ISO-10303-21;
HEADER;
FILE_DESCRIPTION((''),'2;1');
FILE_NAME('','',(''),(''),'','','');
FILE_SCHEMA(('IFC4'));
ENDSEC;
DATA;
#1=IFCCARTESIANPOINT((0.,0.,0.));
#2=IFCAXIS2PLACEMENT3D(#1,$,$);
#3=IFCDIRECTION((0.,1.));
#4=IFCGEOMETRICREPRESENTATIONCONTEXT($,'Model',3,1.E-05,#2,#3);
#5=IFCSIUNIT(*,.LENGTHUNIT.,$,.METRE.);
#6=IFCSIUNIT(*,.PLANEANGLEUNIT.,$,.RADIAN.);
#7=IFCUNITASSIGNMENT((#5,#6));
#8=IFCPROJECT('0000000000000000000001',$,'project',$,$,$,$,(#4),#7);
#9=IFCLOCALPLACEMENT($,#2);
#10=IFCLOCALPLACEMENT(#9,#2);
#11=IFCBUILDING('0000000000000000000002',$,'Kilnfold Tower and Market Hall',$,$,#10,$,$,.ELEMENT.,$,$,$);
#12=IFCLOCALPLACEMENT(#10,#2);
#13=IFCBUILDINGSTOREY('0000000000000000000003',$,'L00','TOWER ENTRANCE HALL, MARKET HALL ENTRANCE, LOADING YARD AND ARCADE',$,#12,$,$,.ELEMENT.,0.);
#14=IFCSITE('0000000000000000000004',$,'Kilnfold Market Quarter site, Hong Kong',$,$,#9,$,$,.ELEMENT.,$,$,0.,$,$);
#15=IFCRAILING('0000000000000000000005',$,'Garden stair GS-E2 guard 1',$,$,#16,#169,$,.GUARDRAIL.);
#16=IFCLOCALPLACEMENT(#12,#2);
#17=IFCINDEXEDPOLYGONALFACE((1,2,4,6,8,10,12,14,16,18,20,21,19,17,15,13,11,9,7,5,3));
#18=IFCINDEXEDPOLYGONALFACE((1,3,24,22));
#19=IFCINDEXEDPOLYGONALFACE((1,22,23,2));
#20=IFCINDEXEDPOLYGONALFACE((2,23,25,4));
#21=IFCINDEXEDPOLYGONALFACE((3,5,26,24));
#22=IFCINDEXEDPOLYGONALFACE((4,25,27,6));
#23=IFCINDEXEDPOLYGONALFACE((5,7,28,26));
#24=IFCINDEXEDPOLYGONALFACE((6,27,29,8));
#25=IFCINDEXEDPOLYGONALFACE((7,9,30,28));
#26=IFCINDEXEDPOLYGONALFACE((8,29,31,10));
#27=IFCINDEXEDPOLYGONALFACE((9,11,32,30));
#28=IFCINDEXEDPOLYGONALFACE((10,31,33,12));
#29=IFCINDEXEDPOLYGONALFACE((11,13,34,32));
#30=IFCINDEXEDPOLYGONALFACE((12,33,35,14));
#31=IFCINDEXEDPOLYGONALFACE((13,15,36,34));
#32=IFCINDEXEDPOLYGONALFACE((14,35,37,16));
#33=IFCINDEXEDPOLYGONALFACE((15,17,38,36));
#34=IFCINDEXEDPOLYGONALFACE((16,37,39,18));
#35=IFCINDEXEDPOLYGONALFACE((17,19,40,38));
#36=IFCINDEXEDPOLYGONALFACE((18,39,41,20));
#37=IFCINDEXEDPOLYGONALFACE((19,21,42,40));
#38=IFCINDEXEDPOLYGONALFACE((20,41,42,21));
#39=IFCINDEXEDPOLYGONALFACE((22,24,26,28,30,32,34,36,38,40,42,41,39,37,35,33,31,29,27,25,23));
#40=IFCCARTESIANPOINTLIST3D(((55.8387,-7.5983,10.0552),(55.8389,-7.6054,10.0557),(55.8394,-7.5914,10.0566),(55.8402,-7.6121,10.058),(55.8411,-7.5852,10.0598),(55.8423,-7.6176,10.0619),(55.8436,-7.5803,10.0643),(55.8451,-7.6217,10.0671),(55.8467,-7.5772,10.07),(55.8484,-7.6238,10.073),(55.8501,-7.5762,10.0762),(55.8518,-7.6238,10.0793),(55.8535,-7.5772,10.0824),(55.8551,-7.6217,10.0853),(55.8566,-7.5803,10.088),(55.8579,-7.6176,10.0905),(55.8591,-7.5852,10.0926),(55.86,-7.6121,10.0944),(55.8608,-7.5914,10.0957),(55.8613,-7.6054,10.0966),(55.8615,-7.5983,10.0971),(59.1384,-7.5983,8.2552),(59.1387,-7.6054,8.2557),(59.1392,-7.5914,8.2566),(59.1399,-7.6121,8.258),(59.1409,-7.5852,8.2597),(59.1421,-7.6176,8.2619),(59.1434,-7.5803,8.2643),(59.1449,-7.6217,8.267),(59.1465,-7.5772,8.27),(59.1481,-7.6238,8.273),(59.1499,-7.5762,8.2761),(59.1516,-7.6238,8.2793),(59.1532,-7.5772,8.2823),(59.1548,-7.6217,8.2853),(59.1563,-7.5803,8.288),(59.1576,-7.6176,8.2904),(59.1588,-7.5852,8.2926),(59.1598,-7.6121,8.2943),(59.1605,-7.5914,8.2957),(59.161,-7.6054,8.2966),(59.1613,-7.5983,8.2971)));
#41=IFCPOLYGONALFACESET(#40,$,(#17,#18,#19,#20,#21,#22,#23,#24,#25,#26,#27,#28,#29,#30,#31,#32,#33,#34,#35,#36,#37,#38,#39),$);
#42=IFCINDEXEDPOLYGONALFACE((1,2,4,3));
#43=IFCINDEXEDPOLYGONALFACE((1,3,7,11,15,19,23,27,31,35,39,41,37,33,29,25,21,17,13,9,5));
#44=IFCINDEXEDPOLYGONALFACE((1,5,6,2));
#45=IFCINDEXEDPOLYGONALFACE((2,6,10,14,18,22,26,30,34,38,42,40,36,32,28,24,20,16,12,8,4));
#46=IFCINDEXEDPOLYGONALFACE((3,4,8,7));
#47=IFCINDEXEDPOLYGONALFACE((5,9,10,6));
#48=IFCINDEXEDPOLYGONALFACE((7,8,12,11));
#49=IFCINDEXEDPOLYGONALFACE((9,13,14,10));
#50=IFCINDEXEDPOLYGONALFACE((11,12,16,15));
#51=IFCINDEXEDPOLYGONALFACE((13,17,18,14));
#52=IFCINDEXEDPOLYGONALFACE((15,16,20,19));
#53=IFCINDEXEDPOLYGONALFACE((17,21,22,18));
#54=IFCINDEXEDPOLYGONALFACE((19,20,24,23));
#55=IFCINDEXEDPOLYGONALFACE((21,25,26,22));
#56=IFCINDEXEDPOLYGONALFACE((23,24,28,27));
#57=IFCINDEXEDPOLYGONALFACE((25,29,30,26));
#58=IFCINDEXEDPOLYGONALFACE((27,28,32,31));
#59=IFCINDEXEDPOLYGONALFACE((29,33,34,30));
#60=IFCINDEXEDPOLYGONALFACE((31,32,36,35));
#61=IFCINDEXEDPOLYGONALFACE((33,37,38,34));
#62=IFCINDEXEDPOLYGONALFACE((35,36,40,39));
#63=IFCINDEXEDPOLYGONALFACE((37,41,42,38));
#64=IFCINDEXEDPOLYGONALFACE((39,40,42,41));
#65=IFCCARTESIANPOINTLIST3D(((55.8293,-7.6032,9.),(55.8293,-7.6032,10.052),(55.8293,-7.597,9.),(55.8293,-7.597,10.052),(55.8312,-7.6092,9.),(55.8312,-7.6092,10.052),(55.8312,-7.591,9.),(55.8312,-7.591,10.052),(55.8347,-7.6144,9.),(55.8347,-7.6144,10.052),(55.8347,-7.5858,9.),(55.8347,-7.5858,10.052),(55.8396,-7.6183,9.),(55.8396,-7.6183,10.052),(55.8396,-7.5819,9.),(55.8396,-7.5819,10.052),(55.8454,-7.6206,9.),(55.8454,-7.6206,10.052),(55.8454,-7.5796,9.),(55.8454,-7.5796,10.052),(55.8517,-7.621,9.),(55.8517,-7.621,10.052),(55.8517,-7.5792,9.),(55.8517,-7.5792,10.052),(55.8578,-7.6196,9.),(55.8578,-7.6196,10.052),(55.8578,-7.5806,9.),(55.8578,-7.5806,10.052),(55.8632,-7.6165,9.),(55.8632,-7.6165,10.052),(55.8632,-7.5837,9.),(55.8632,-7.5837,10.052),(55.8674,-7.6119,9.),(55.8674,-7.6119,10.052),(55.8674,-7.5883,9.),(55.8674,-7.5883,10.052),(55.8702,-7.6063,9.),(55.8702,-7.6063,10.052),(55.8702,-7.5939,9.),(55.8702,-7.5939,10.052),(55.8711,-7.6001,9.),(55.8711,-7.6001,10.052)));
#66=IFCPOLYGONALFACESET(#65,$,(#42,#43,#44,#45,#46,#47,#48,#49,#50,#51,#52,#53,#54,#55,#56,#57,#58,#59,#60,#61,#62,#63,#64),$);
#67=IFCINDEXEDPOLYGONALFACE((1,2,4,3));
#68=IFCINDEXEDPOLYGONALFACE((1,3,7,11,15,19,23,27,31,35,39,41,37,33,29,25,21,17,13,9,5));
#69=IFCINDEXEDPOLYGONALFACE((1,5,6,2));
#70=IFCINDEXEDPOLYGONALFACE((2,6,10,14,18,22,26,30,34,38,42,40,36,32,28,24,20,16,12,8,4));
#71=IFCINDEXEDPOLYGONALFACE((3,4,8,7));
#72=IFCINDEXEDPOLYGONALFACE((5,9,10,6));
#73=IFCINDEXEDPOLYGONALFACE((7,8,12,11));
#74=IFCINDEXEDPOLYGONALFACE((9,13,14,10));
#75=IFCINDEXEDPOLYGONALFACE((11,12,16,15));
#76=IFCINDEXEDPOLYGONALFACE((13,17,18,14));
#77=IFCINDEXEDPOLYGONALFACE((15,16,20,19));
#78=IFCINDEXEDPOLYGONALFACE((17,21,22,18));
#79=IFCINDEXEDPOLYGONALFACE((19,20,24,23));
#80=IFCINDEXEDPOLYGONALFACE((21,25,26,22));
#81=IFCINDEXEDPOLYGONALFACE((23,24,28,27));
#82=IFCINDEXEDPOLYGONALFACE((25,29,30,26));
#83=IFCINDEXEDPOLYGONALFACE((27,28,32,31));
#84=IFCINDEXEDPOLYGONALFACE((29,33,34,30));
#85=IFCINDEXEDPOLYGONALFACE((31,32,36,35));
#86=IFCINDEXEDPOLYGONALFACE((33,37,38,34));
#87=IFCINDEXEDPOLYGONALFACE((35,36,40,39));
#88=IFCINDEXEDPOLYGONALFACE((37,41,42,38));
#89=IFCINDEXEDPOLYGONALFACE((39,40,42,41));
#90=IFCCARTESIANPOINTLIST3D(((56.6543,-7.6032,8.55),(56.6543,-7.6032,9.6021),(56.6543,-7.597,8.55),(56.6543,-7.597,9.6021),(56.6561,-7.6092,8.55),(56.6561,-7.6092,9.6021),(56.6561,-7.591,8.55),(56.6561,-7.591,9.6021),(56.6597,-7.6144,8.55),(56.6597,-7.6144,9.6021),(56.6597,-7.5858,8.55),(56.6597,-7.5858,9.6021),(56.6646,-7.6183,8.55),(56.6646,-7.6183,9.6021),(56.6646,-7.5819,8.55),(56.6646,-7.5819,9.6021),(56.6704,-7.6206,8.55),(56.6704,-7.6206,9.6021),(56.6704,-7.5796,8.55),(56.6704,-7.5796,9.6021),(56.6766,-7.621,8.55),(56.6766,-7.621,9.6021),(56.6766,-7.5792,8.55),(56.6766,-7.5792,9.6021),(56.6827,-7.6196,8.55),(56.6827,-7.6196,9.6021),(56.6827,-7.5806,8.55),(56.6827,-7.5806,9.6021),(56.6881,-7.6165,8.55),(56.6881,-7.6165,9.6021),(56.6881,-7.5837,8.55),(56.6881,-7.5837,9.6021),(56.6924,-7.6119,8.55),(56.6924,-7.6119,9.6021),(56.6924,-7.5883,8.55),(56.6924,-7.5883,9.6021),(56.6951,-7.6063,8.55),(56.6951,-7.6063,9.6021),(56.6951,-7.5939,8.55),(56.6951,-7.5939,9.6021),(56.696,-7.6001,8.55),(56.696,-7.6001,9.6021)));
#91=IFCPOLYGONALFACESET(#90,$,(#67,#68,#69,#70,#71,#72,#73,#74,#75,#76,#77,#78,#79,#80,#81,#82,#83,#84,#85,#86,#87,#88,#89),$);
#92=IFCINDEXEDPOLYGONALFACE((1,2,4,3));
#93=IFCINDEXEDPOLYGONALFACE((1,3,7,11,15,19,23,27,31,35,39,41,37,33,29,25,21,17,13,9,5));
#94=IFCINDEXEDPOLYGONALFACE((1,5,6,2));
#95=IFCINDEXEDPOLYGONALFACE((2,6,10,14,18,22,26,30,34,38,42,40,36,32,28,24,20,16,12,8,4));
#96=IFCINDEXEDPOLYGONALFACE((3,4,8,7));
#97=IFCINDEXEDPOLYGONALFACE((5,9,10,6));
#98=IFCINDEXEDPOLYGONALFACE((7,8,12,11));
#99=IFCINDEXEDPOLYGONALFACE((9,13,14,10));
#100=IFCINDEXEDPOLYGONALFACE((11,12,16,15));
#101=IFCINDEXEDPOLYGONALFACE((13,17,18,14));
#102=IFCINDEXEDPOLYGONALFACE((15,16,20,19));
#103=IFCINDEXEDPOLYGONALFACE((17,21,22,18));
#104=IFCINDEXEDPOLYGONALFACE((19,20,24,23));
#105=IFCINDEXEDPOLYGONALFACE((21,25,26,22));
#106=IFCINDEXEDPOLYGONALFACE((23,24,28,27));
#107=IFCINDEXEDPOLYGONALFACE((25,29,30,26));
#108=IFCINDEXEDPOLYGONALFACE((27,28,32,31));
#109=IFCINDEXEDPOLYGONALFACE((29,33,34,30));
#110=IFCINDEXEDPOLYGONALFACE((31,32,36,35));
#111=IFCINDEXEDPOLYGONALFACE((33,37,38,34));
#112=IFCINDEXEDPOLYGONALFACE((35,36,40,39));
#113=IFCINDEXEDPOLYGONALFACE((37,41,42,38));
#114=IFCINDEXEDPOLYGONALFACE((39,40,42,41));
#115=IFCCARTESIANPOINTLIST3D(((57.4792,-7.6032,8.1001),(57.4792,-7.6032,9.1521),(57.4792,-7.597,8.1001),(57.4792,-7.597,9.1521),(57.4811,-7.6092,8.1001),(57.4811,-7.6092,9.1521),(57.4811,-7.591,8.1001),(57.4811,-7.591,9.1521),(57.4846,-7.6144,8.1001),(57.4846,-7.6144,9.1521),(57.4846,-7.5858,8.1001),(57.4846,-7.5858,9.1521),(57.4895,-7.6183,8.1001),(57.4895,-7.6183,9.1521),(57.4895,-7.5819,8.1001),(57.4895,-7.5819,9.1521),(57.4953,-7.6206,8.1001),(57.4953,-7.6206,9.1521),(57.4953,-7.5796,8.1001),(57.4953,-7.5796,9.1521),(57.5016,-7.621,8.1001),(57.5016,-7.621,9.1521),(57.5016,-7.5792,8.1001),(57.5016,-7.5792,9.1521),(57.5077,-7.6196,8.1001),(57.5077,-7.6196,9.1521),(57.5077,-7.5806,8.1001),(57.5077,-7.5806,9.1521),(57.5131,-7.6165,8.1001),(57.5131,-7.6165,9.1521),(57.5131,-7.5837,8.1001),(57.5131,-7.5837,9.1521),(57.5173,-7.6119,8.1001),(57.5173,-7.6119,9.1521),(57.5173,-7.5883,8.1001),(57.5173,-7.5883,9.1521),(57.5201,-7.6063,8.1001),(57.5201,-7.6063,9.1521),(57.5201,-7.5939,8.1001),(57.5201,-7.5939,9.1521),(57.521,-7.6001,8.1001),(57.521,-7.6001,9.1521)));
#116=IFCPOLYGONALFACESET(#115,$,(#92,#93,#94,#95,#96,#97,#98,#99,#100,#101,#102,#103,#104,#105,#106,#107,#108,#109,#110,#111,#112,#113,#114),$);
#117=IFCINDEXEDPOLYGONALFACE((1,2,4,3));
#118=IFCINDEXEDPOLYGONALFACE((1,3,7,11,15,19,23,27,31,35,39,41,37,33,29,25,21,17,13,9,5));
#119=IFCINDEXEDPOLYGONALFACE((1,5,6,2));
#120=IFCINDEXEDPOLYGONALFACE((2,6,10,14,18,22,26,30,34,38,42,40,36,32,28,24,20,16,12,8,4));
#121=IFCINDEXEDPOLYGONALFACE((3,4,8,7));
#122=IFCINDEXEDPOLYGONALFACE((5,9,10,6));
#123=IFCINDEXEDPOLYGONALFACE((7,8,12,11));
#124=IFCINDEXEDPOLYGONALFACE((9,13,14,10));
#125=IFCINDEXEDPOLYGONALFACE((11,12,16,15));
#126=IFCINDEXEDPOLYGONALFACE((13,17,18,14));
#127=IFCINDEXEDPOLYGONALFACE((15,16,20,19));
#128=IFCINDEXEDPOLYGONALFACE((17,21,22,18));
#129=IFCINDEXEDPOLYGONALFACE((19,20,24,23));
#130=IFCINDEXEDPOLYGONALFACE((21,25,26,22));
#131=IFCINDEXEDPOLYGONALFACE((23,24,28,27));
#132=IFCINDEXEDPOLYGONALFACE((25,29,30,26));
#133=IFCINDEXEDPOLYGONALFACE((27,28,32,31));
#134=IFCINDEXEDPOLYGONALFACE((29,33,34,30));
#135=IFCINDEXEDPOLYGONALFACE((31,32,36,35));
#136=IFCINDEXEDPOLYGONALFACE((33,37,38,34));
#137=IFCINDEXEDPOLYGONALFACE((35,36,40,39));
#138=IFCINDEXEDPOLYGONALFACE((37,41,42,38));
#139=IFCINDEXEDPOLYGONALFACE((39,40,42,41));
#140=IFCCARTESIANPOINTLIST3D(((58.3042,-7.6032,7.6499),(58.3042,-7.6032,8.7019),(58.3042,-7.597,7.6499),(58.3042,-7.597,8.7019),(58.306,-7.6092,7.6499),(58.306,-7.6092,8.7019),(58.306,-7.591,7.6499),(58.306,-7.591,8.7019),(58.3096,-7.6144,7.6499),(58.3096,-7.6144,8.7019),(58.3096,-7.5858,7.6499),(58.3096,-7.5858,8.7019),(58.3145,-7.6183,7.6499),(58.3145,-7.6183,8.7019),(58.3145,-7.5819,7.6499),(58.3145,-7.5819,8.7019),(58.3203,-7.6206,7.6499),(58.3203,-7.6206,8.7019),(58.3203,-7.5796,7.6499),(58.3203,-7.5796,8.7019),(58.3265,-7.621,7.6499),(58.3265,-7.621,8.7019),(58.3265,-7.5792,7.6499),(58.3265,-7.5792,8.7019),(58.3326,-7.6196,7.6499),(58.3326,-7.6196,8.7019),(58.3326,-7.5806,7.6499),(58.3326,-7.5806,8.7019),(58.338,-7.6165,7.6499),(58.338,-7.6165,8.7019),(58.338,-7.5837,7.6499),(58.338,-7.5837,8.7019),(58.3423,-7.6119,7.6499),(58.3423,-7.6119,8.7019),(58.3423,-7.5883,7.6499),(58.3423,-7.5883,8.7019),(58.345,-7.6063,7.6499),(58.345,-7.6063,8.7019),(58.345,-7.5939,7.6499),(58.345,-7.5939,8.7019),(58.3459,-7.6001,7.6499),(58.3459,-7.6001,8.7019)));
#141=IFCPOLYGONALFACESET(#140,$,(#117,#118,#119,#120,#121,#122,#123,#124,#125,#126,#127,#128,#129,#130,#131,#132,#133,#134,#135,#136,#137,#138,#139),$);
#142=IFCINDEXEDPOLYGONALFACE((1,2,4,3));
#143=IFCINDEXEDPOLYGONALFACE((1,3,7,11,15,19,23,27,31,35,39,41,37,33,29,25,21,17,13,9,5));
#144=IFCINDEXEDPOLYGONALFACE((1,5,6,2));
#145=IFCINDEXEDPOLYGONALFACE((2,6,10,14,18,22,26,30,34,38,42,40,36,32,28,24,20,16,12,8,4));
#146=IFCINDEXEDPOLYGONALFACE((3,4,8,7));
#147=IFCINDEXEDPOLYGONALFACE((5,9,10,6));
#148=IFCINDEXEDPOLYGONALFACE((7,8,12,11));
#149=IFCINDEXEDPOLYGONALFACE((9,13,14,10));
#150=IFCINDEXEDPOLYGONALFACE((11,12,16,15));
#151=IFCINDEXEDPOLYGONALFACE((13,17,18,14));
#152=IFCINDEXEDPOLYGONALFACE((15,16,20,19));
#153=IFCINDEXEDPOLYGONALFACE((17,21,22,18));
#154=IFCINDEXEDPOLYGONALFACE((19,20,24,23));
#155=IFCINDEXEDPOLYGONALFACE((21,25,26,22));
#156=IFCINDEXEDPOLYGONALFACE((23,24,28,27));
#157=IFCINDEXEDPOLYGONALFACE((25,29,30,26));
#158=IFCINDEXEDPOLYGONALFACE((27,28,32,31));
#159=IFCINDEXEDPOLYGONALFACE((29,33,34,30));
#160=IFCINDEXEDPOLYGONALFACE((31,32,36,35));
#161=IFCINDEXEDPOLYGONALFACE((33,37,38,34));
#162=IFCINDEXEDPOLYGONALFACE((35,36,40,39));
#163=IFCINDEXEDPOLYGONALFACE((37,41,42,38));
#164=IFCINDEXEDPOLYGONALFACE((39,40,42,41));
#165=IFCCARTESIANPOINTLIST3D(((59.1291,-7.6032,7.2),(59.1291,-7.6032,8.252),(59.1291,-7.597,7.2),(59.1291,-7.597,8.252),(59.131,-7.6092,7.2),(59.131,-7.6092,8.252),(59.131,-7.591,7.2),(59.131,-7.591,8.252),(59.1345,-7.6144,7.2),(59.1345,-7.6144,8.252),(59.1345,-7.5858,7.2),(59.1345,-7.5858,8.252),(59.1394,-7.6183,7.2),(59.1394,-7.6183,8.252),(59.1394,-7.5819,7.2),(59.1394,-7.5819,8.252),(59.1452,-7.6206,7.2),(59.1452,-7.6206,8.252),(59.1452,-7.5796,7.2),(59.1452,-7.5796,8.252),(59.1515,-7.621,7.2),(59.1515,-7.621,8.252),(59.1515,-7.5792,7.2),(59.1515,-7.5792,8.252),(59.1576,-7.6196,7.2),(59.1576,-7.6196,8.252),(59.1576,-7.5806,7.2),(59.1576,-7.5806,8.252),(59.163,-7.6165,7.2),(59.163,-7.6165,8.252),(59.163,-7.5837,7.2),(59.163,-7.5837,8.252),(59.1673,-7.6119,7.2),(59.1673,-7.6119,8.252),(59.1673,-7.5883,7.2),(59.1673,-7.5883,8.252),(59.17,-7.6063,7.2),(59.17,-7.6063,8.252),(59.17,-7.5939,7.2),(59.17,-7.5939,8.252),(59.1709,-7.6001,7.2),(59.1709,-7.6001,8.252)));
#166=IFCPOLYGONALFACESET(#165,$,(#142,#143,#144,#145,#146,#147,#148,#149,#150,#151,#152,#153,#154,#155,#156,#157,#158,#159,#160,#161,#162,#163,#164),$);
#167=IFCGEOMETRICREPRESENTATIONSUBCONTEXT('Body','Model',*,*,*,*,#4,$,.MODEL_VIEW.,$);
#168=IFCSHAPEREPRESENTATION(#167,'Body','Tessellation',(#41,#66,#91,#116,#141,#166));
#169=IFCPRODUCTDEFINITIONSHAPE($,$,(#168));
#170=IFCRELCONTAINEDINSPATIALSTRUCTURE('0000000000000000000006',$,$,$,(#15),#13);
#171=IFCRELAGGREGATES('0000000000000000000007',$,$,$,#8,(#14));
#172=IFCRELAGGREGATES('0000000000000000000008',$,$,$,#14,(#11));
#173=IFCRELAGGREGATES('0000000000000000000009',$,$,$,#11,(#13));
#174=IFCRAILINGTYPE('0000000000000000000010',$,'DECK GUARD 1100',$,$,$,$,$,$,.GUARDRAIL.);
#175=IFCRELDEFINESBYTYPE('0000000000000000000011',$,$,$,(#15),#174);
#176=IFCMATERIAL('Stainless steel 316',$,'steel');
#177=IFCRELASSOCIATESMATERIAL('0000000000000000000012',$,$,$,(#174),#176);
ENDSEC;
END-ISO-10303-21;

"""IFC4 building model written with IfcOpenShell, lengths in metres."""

from ifc_helpers import new_model, si_unit, direction, frame, origin, origin_2d, place, context, subcontext, project, spatial, circle, extrude, material, type_object, element, save


model = new_model("IFC4")

# Units and contexts
model_context = context("Model", 3, precision=1e-05, world=origin(), true_north=direction((0.0, 1.0)))
body_context = subcontext(model_context, "Body", "Model", "MODEL_VIEW")
ifc_project = project(units=[si_unit("LENGTHUNIT", "METRE"), si_unit("PLANEANGLEUNIT", "RADIAN")], contexts=[model_context])

# Site, building, storey
site_placement = place(None, origin())
site = spatial("IfcSite", under=ifc_project, at=site_placement, Name="Kilnfold Market Quarter site, Hong Kong", CompositionType="ELEMENT", RefElevation=0.0)
building_placement = place(site_placement, origin())
building = spatial("IfcBuilding", under=site, at=building_placement, Name="Kilnfold Tower and Market Hall", CompositionType="ELEMENT")
storey_placement = place(building_placement, origin())
storey = spatial("IfcBuildingStorey", under=building, at=storey_placement, Name="L00", Description="TOWER ENTRANCE HALL, MARKET HALL ENTRANCE, LOADING YARD AND ARCADE", CompositionType="ELEMENT", Elevation=0.0)

# Railing
ifc_material_1 = material(Name="Stainless steel 316", Category="steel")
railing_type_1 = type_object("IfcRailingType", Name="DECK GUARD 1100", PredefinedType="GUARDRAIL", material=ifc_material_1)
railing_1_placement = place(storey_placement, frame((55.8501, -7.6001, 9.0)))
element("IfcRailing", 1, at=railing_1_placement, inside=storey, type_object=railing_type_1, Name="Garden stair GS-E2 guard 1", PredefinedType="GUARDRAIL", context=body_context, shape_type="SweptSolid", body=[
    extrude(circle(Radius=0.0239, at=origin_2d()), frame((0.0, 0.0, 1.0762), z_axis=(0.877878, 0.0, -0.478884), x_axis=(0.0, 1.0, 0.0)), (0.0, 0.0, 1.0), 3.7588),
    extrude(circle(Radius=0.021, at=origin_2d()), origin(), (0.0, 0.0, 1.0), 1.052),
    extrude(circle(Radius=0.021, at=origin_2d()), frame((0.825, 0.0, -0.45)), (0.0, 0.0, 1.0), 1.052),
    extrude(circle(Radius=0.021, at=origin_2d()), frame((1.6499, 0.0, -0.8999)), (0.0, 0.0, 1.0), 1.052),
    extrude(circle(Radius=0.021, at=origin_2d()), frame((2.4749, 0.0, -1.3501)), (0.0, 0.0, 1.0), 1.052),
    extrude(circle(Radius=0.021, at=origin_2d()), frame((3.2998, 0.0, -1.8)), (0.0, 0.0, 1.0), 1.052),
])

save(model, "model.ifc")
